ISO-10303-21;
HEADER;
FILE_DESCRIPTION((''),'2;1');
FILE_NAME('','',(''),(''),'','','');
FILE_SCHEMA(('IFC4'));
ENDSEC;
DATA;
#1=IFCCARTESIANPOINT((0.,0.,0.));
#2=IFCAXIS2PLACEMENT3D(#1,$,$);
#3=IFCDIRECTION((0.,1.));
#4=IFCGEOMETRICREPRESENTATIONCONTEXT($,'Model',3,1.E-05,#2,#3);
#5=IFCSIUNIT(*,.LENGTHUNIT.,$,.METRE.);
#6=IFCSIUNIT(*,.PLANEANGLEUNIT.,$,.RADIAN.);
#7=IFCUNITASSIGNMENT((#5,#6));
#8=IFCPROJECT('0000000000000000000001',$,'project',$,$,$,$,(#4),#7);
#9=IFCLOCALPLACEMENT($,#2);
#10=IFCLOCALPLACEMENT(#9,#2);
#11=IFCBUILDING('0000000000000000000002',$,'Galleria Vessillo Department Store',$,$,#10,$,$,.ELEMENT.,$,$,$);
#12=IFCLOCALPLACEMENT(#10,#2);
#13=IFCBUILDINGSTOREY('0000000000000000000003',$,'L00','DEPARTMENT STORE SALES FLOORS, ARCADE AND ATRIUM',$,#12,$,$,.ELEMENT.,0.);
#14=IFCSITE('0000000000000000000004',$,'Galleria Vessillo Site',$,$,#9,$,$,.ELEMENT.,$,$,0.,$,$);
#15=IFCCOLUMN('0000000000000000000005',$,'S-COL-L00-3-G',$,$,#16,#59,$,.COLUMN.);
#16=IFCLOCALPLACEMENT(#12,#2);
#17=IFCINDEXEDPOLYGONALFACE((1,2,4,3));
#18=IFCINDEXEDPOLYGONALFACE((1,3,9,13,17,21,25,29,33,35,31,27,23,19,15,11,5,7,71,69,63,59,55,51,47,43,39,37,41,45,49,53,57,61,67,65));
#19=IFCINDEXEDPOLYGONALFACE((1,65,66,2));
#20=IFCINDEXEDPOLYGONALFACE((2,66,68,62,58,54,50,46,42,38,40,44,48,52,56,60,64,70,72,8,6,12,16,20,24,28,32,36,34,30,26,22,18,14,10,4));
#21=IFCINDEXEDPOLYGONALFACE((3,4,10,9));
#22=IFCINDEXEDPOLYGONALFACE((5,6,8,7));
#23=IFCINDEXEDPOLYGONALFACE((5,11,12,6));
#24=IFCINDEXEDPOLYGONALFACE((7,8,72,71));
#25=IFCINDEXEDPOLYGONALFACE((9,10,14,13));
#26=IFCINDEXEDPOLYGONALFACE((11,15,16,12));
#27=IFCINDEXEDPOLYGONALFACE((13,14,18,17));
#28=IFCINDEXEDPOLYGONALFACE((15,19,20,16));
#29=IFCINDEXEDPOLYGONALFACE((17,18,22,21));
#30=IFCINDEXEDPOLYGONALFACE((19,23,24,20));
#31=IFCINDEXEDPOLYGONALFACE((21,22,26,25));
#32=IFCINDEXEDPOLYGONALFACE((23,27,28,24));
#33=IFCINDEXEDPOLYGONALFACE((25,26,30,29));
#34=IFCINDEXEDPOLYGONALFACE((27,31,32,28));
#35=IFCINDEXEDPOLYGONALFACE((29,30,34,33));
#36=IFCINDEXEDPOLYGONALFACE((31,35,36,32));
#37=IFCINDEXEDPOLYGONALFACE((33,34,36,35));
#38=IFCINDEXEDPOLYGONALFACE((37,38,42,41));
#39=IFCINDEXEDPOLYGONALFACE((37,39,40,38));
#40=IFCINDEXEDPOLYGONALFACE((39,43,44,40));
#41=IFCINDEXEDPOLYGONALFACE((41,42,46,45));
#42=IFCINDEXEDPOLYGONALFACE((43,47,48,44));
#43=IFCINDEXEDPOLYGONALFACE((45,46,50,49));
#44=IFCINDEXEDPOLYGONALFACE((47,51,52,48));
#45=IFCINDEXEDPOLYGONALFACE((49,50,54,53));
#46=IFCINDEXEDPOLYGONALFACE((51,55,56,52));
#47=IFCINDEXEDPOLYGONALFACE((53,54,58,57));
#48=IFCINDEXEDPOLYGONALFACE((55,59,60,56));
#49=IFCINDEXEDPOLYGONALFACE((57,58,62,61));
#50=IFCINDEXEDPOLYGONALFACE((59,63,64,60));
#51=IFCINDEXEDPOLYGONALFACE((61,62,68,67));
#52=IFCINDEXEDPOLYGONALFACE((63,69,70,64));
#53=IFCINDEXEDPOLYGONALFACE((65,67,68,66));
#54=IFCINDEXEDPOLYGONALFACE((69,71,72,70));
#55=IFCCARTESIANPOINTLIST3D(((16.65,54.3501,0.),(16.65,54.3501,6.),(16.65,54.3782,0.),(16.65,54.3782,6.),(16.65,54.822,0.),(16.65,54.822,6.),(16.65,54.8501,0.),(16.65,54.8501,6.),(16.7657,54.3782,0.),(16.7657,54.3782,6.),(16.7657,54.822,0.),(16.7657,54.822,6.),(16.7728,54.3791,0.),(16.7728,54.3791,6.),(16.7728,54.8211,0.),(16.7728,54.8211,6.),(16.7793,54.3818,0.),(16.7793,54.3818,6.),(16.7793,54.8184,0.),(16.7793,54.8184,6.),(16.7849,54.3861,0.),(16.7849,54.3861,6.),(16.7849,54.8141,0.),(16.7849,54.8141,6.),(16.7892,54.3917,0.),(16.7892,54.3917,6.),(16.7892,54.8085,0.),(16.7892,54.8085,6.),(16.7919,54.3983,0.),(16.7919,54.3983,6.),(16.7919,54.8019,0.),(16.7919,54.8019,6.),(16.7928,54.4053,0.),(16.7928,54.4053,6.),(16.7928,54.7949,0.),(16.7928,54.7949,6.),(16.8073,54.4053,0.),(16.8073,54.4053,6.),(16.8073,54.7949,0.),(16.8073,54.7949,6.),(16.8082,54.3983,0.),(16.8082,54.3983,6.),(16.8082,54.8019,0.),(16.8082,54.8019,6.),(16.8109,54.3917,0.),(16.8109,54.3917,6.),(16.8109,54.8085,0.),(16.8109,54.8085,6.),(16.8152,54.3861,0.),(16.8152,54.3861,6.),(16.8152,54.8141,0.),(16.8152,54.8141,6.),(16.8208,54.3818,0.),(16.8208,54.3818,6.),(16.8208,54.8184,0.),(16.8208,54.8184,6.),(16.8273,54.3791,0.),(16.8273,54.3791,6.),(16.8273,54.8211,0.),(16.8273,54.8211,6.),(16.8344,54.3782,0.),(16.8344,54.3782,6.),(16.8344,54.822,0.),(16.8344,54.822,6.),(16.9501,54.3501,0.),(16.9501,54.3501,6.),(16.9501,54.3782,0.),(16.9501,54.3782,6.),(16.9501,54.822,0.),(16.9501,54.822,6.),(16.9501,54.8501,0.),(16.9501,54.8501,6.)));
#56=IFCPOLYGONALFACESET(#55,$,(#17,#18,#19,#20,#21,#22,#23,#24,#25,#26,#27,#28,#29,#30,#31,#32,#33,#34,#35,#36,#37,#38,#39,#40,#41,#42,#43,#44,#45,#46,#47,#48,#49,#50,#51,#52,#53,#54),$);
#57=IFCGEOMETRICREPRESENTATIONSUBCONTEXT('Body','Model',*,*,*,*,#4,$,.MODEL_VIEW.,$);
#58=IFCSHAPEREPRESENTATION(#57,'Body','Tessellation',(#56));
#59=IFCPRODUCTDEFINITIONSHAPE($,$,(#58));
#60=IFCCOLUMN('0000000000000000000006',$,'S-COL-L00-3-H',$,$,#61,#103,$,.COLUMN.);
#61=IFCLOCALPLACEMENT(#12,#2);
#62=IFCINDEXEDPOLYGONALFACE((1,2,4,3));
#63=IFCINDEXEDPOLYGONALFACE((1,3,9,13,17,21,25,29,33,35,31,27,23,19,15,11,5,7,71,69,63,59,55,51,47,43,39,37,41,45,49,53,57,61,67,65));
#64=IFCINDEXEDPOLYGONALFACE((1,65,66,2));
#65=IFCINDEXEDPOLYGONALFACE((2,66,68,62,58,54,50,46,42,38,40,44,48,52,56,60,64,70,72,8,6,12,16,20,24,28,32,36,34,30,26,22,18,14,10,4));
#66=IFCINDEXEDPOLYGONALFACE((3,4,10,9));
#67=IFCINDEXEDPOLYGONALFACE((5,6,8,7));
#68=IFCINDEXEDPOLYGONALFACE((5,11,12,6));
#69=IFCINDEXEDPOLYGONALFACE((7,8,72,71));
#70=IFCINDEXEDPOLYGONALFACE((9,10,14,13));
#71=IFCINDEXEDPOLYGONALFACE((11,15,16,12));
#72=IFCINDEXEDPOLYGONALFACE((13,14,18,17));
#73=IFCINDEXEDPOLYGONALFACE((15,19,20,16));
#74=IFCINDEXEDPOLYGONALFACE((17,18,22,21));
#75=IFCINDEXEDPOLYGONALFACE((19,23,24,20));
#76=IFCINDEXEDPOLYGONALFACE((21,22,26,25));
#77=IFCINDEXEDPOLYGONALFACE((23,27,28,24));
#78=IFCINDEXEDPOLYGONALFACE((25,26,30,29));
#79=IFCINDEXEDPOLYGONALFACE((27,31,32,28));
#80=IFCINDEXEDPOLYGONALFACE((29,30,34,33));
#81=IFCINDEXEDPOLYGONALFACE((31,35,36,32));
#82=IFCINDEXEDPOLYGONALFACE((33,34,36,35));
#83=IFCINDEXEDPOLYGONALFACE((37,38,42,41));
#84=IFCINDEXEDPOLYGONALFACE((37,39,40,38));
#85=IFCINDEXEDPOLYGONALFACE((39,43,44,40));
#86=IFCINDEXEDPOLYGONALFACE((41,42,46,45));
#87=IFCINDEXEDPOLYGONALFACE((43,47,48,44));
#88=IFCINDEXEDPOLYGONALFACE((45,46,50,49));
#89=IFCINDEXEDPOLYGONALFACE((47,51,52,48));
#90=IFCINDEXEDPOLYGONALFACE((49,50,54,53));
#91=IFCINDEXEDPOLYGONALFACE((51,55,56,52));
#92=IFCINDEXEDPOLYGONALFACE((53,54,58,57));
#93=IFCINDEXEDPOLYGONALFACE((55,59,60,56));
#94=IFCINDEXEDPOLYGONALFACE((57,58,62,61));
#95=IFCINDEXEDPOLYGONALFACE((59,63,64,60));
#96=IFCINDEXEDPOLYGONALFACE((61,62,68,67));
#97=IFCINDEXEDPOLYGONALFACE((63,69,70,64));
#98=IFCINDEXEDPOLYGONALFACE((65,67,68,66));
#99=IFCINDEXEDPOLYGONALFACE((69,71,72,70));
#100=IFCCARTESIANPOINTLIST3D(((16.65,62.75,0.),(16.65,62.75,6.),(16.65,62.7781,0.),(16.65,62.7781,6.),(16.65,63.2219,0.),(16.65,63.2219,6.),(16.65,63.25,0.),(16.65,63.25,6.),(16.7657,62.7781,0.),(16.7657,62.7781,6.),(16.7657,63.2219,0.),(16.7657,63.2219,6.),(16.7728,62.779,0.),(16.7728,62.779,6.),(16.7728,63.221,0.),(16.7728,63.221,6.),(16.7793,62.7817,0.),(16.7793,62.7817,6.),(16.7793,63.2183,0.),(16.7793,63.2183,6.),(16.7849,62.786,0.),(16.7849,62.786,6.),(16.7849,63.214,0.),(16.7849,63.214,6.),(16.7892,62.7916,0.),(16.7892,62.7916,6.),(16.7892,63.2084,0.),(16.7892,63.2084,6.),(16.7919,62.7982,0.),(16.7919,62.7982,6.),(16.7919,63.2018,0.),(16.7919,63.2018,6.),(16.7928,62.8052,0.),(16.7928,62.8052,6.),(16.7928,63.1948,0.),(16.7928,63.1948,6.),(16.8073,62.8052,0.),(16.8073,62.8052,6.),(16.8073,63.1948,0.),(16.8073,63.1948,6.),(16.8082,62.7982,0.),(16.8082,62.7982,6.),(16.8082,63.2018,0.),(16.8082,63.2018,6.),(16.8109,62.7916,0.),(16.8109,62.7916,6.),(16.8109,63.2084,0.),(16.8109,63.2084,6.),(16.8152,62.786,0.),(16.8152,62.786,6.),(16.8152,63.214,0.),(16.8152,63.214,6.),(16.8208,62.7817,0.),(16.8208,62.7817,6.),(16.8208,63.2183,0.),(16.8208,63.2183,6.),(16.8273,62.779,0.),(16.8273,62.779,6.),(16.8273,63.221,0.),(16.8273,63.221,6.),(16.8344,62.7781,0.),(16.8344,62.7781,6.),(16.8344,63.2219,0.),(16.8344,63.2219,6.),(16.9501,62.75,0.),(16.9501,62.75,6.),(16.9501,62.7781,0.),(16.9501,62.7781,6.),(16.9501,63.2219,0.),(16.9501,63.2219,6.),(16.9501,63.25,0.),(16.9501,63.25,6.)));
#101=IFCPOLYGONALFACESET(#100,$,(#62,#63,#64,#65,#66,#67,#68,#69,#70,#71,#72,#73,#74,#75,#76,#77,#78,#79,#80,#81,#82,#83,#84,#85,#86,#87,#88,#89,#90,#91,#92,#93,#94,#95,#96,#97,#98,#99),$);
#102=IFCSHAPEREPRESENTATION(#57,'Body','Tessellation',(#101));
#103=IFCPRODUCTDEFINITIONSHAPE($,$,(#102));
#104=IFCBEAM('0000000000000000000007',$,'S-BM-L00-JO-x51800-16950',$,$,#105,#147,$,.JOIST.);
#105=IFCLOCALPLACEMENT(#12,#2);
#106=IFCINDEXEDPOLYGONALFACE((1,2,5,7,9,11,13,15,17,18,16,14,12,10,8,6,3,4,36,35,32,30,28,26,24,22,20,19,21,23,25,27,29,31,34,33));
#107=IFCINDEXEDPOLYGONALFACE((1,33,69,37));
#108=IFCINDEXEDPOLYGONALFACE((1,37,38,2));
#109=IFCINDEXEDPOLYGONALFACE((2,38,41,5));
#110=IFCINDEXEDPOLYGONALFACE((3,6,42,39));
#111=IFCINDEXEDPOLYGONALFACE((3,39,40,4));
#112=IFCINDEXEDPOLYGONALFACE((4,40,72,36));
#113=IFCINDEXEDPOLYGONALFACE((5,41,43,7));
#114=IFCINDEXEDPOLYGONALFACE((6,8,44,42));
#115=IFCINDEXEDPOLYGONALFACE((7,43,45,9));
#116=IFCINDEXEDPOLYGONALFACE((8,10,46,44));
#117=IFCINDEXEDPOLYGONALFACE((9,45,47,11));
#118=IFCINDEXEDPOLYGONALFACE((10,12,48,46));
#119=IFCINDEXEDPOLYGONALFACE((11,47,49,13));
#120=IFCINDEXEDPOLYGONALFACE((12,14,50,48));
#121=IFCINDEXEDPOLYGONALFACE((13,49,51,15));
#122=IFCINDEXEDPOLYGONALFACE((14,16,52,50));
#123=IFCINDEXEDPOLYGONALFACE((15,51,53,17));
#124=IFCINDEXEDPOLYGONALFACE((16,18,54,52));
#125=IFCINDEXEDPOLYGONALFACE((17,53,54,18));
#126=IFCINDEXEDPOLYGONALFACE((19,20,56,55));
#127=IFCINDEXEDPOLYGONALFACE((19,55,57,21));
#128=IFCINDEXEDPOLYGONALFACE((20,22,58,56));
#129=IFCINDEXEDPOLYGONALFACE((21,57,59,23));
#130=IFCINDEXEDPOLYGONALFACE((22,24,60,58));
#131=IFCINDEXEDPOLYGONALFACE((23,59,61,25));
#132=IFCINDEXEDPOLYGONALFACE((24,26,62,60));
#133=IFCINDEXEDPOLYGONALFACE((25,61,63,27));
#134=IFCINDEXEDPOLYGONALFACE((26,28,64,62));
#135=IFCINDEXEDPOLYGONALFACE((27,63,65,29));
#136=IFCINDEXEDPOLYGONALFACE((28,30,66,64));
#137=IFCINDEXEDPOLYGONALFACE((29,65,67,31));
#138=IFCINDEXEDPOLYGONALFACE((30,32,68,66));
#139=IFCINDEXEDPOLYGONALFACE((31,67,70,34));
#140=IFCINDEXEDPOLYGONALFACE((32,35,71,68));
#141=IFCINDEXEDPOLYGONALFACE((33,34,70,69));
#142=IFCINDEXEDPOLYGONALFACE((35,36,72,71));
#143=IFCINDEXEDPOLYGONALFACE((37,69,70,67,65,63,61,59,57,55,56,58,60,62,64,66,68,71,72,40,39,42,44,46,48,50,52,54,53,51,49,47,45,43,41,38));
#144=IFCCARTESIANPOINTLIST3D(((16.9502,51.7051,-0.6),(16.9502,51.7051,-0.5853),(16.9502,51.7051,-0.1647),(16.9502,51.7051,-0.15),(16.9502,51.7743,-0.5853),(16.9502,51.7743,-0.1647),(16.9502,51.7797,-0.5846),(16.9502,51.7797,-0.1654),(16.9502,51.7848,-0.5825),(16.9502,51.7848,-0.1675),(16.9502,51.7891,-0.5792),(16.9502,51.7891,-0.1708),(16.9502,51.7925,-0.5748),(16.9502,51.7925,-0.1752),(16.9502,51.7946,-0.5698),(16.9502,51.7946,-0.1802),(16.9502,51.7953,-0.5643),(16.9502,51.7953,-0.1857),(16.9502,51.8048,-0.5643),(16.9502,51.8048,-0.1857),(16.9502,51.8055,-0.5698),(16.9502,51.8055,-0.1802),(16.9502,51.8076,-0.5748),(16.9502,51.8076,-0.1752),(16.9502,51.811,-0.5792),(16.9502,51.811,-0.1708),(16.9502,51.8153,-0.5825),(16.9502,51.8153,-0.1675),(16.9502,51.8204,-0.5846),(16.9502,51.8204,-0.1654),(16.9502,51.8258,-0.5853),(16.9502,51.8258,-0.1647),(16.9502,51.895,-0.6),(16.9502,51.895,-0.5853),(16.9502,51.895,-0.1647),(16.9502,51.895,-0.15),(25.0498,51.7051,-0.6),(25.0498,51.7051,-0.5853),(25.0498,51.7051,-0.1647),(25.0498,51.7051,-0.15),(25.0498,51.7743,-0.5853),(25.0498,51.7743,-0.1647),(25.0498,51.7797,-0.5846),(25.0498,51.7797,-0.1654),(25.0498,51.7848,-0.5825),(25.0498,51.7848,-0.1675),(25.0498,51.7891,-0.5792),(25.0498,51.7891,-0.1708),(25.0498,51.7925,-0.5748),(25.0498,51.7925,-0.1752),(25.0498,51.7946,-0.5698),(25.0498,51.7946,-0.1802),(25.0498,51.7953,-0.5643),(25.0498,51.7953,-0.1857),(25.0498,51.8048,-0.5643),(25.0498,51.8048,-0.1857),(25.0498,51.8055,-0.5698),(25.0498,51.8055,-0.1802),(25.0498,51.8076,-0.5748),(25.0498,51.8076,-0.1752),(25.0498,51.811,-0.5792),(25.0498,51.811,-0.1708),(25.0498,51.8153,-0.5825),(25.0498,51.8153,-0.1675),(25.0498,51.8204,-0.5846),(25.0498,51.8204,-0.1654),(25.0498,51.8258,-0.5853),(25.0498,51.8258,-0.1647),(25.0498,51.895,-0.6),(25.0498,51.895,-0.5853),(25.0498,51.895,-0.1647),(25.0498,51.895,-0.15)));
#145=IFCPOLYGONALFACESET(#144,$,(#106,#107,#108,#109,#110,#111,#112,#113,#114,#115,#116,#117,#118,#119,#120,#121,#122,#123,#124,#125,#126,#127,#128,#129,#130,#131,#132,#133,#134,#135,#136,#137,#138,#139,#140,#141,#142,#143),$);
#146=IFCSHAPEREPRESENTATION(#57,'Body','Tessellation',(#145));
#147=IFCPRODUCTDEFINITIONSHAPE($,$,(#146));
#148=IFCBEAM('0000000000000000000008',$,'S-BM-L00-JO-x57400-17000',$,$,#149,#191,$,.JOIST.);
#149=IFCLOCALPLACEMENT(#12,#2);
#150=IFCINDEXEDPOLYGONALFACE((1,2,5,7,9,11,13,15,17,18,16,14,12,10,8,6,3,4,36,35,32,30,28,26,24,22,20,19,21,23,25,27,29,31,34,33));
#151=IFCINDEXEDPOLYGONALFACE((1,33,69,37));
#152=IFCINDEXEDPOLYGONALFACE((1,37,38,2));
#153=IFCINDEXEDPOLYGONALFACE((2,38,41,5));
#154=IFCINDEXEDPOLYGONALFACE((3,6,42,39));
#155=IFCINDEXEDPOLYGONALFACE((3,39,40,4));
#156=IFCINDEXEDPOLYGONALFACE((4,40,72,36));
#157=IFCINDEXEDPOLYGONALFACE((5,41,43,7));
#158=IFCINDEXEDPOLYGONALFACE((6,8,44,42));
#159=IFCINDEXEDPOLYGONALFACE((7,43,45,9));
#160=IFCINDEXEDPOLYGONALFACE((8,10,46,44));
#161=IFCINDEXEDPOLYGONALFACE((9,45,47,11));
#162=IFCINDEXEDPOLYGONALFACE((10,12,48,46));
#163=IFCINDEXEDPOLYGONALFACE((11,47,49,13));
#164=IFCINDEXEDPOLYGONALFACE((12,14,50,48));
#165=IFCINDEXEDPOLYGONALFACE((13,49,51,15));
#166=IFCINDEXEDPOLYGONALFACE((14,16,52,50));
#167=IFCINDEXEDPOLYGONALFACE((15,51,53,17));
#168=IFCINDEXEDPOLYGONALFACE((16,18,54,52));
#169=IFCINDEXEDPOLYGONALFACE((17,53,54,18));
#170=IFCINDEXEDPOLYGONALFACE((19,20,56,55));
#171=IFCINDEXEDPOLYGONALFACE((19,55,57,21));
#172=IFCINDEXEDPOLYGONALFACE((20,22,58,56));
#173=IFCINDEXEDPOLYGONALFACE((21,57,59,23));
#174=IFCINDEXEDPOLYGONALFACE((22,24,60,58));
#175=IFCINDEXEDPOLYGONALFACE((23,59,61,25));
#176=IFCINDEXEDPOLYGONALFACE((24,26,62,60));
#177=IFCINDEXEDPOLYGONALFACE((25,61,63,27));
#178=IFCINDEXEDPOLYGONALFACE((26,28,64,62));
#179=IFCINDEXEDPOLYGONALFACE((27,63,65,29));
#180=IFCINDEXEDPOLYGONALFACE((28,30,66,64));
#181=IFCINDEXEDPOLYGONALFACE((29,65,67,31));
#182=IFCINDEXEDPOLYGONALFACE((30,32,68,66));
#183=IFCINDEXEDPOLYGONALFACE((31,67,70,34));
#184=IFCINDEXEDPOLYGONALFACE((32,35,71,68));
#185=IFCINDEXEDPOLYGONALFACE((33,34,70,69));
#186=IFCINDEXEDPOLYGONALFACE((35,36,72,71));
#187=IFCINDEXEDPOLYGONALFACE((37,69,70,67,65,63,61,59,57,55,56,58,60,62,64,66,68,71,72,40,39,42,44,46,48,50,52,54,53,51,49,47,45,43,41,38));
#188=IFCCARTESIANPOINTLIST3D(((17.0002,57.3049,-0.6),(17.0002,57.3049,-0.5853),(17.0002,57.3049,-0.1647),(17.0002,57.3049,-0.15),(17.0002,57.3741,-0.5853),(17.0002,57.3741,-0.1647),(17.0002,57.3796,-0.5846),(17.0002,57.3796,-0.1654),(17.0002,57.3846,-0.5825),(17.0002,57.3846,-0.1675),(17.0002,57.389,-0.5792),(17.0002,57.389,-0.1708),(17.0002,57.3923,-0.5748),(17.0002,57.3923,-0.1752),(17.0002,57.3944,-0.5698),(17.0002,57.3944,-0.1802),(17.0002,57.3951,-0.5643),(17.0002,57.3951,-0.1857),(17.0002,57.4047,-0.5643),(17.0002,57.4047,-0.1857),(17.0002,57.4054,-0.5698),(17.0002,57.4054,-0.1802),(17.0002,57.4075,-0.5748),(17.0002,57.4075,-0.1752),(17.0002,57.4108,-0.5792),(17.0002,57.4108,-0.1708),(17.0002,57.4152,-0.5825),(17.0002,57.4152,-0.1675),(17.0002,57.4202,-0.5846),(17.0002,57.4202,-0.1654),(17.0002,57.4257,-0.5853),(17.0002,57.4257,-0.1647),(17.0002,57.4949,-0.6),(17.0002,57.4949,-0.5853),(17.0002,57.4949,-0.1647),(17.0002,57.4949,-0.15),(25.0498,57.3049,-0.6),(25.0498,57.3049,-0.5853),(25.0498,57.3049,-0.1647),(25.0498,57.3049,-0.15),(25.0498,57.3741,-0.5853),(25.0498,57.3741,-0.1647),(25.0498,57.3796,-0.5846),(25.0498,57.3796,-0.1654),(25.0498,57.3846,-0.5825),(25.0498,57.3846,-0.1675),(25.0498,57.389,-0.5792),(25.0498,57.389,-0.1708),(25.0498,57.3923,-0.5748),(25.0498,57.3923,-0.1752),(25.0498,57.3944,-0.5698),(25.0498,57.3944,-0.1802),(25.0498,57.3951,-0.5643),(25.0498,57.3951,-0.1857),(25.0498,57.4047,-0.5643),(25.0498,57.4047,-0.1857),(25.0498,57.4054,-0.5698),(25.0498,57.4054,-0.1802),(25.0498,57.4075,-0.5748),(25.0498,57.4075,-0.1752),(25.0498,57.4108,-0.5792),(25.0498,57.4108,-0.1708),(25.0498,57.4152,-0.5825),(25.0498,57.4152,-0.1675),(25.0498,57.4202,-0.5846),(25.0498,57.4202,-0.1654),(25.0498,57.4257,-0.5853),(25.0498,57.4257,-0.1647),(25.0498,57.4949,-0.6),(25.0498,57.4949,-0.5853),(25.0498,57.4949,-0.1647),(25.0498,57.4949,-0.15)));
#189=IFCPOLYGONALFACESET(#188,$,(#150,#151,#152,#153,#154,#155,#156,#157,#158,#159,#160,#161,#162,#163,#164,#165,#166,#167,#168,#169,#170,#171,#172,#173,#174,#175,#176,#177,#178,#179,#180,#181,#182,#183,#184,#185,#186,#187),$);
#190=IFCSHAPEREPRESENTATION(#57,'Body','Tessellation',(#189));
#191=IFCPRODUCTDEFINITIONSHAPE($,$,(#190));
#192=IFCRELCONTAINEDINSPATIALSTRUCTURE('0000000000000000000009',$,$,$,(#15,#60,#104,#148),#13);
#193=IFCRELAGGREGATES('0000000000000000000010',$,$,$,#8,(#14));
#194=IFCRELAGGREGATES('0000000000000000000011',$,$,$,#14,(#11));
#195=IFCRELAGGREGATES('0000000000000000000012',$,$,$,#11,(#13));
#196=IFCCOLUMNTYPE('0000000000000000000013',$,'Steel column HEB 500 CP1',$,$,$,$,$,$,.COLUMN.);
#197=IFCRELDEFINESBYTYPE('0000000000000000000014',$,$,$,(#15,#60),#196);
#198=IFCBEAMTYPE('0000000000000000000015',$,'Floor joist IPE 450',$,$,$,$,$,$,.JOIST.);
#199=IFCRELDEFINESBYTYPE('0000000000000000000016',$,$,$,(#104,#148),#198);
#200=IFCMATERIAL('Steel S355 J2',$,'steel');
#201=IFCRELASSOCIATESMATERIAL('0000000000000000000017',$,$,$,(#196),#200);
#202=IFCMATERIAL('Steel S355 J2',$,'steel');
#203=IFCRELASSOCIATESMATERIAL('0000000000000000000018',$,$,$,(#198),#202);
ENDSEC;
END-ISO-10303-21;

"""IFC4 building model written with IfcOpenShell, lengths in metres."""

from ifc_helpers import new_model, si_unit, direction, frame, origin, origin_2d, place, context, subcontext, project, spatial, i_section, extrude, material, material_profile, profile_set, type_object, element, save


model = new_model("IFC4")

# Units and contexts
model_context = context("Model", 3, precision=1e-05, world=origin(), true_north=direction((0.0, 1.0)))
body_context = subcontext(model_context, "Body", "Model", "MODEL_VIEW")
ifc_project = project(units=[si_unit("LENGTHUNIT", "METRE"), si_unit("PLANEANGLEUNIT", "RADIAN")], contexts=[model_context])

# Site, building, storey
site_placement = place(None, origin())
site = spatial("IfcSite", under=ifc_project, at=site_placement, Name="Galleria Vessillo Site", CompositionType="ELEMENT", RefElevation=0.0)
building_placement = place(site_placement, origin())
building = spatial("IfcBuilding", under=site, at=building_placement, Name="Galleria Vessillo Department Store", CompositionType="ELEMENT")
storey_placement = place(building_placement, origin())
storey = spatial("IfcBuildingStorey", under=building, at=storey_placement, Name="L00", Description="DEPARTMENT STORE SALES FLOORS, ARCADE AND ATRIUM", CompositionType="ELEMENT", Elevation=0.0)

# Columns
ifc_material_1 = material(Name="Steel S355 J2", Category="steel")
ifc_material_profile_1 = material_profile(ifc_material_1, i_section(OverallWidth=0.3, OverallDepth=0.5, WebThickness=0.0144, FlangeThickness=0.0281, FilletRadius=0.0271, at=origin_2d()), Name="HEB 500")
ifc_profile_set_1 = profile_set([ifc_material_profile_1], Name="Steel S355 J2")
column_type = type_object("IfcColumnType", Name="Steel column HEB 500 CP1", PredefinedType="COLUMN", material=ifc_profile_set_1)
for number, where, z_axis, x_axis, name in (
    (1, (16.8, 54.6001, 0.0), (0.0, 0.0, 1.0), (1.0, 0.0, 0.0), "S-COL-L00-3-G"),
    (2, (16.8, 63.0, 0.0), (0.0, 0.0, 1.0), (1.0, 0.0, 0.0), "S-COL-L00-3-H"),
):
    element("IfcColumn", number, at=place(storey_placement, frame(where, z_axis=z_axis, x_axis=x_axis)), inside=storey, type_object=column_type, Name=name, PredefinedType="COLUMN", context=body_context, shape_type="SweptSolid", body=[
        extrude(i_section(OverallWidth=0.3, OverallDepth=0.5, WebThickness=0.0144, FlangeThickness=0.0281, FilletRadius=0.0271, at=origin_2d()), origin(), (0.0, 0.0, 1.0), 6.0),
    ])

# Beams
ifc_material_2 = material(Name="Steel S355 J2", Category="steel")
ifc_material_profile_2 = material_profile(ifc_material_2, i_section(OverallWidth=0.1899, OverallDepth=0.45, WebThickness=0.0095, FlangeThickness=0.0146, FilletRadius=0.021, at=origin_2d()), Name="IPE 450")
ifc_profile_set_2 = profile_set([ifc_material_profile_2], Name="Steel S355 J2")
beam_type_1 = type_object("IfcBeamType", Name="Floor joist IPE 450", PredefinedType="JOIST", material=ifc_profile_set_2)
beam_1_placement = place(storey_placement, frame((16.9502, 51.8, -0.375), z_axis=(1.0, 0.0, 0.0), x_axis=(0.0, 1.0, 0.0)))
element("IfcBeam", 3, at=beam_1_placement, inside=storey, type_object=beam_type_1, Name="S-BM-L00-JO-x51800-16950", PredefinedType="JOIST", context=body_context, shape_type="SweptSolid", body=[
    extrude(i_section(OverallWidth=0.1899, OverallDepth=0.45, WebThickness=0.0095, FlangeThickness=0.0146, FilletRadius=0.021, at=origin_2d()), origin(), (0.0, 0.0, 1.0), 8.0996),
])
for number, where, z_axis, x_axis, name in (
    (4, (17.0002, 57.3999, -0.375), (1.0, 0.0, 0.0), (0.0, 1.0, 0.0), "S-BM-L00-JO-x57400-17000"),
):
    element("IfcBeam", number, at=place(storey_placement, frame(where, z_axis=z_axis, x_axis=x_axis)), inside=storey, type_object=beam_type_1, Name=name, PredefinedType="JOIST", context=body_context, shape_type="SweptSolid", body=[
        extrude(i_section(OverallWidth=0.1899, OverallDepth=0.45, WebThickness=0.0095, FlangeThickness=0.0146, FilletRadius=0.021, at=origin_2d()), origin(), (0.0, 0.0, 1.0), 8.0496),
    ])

save(model, "model.ifc")
